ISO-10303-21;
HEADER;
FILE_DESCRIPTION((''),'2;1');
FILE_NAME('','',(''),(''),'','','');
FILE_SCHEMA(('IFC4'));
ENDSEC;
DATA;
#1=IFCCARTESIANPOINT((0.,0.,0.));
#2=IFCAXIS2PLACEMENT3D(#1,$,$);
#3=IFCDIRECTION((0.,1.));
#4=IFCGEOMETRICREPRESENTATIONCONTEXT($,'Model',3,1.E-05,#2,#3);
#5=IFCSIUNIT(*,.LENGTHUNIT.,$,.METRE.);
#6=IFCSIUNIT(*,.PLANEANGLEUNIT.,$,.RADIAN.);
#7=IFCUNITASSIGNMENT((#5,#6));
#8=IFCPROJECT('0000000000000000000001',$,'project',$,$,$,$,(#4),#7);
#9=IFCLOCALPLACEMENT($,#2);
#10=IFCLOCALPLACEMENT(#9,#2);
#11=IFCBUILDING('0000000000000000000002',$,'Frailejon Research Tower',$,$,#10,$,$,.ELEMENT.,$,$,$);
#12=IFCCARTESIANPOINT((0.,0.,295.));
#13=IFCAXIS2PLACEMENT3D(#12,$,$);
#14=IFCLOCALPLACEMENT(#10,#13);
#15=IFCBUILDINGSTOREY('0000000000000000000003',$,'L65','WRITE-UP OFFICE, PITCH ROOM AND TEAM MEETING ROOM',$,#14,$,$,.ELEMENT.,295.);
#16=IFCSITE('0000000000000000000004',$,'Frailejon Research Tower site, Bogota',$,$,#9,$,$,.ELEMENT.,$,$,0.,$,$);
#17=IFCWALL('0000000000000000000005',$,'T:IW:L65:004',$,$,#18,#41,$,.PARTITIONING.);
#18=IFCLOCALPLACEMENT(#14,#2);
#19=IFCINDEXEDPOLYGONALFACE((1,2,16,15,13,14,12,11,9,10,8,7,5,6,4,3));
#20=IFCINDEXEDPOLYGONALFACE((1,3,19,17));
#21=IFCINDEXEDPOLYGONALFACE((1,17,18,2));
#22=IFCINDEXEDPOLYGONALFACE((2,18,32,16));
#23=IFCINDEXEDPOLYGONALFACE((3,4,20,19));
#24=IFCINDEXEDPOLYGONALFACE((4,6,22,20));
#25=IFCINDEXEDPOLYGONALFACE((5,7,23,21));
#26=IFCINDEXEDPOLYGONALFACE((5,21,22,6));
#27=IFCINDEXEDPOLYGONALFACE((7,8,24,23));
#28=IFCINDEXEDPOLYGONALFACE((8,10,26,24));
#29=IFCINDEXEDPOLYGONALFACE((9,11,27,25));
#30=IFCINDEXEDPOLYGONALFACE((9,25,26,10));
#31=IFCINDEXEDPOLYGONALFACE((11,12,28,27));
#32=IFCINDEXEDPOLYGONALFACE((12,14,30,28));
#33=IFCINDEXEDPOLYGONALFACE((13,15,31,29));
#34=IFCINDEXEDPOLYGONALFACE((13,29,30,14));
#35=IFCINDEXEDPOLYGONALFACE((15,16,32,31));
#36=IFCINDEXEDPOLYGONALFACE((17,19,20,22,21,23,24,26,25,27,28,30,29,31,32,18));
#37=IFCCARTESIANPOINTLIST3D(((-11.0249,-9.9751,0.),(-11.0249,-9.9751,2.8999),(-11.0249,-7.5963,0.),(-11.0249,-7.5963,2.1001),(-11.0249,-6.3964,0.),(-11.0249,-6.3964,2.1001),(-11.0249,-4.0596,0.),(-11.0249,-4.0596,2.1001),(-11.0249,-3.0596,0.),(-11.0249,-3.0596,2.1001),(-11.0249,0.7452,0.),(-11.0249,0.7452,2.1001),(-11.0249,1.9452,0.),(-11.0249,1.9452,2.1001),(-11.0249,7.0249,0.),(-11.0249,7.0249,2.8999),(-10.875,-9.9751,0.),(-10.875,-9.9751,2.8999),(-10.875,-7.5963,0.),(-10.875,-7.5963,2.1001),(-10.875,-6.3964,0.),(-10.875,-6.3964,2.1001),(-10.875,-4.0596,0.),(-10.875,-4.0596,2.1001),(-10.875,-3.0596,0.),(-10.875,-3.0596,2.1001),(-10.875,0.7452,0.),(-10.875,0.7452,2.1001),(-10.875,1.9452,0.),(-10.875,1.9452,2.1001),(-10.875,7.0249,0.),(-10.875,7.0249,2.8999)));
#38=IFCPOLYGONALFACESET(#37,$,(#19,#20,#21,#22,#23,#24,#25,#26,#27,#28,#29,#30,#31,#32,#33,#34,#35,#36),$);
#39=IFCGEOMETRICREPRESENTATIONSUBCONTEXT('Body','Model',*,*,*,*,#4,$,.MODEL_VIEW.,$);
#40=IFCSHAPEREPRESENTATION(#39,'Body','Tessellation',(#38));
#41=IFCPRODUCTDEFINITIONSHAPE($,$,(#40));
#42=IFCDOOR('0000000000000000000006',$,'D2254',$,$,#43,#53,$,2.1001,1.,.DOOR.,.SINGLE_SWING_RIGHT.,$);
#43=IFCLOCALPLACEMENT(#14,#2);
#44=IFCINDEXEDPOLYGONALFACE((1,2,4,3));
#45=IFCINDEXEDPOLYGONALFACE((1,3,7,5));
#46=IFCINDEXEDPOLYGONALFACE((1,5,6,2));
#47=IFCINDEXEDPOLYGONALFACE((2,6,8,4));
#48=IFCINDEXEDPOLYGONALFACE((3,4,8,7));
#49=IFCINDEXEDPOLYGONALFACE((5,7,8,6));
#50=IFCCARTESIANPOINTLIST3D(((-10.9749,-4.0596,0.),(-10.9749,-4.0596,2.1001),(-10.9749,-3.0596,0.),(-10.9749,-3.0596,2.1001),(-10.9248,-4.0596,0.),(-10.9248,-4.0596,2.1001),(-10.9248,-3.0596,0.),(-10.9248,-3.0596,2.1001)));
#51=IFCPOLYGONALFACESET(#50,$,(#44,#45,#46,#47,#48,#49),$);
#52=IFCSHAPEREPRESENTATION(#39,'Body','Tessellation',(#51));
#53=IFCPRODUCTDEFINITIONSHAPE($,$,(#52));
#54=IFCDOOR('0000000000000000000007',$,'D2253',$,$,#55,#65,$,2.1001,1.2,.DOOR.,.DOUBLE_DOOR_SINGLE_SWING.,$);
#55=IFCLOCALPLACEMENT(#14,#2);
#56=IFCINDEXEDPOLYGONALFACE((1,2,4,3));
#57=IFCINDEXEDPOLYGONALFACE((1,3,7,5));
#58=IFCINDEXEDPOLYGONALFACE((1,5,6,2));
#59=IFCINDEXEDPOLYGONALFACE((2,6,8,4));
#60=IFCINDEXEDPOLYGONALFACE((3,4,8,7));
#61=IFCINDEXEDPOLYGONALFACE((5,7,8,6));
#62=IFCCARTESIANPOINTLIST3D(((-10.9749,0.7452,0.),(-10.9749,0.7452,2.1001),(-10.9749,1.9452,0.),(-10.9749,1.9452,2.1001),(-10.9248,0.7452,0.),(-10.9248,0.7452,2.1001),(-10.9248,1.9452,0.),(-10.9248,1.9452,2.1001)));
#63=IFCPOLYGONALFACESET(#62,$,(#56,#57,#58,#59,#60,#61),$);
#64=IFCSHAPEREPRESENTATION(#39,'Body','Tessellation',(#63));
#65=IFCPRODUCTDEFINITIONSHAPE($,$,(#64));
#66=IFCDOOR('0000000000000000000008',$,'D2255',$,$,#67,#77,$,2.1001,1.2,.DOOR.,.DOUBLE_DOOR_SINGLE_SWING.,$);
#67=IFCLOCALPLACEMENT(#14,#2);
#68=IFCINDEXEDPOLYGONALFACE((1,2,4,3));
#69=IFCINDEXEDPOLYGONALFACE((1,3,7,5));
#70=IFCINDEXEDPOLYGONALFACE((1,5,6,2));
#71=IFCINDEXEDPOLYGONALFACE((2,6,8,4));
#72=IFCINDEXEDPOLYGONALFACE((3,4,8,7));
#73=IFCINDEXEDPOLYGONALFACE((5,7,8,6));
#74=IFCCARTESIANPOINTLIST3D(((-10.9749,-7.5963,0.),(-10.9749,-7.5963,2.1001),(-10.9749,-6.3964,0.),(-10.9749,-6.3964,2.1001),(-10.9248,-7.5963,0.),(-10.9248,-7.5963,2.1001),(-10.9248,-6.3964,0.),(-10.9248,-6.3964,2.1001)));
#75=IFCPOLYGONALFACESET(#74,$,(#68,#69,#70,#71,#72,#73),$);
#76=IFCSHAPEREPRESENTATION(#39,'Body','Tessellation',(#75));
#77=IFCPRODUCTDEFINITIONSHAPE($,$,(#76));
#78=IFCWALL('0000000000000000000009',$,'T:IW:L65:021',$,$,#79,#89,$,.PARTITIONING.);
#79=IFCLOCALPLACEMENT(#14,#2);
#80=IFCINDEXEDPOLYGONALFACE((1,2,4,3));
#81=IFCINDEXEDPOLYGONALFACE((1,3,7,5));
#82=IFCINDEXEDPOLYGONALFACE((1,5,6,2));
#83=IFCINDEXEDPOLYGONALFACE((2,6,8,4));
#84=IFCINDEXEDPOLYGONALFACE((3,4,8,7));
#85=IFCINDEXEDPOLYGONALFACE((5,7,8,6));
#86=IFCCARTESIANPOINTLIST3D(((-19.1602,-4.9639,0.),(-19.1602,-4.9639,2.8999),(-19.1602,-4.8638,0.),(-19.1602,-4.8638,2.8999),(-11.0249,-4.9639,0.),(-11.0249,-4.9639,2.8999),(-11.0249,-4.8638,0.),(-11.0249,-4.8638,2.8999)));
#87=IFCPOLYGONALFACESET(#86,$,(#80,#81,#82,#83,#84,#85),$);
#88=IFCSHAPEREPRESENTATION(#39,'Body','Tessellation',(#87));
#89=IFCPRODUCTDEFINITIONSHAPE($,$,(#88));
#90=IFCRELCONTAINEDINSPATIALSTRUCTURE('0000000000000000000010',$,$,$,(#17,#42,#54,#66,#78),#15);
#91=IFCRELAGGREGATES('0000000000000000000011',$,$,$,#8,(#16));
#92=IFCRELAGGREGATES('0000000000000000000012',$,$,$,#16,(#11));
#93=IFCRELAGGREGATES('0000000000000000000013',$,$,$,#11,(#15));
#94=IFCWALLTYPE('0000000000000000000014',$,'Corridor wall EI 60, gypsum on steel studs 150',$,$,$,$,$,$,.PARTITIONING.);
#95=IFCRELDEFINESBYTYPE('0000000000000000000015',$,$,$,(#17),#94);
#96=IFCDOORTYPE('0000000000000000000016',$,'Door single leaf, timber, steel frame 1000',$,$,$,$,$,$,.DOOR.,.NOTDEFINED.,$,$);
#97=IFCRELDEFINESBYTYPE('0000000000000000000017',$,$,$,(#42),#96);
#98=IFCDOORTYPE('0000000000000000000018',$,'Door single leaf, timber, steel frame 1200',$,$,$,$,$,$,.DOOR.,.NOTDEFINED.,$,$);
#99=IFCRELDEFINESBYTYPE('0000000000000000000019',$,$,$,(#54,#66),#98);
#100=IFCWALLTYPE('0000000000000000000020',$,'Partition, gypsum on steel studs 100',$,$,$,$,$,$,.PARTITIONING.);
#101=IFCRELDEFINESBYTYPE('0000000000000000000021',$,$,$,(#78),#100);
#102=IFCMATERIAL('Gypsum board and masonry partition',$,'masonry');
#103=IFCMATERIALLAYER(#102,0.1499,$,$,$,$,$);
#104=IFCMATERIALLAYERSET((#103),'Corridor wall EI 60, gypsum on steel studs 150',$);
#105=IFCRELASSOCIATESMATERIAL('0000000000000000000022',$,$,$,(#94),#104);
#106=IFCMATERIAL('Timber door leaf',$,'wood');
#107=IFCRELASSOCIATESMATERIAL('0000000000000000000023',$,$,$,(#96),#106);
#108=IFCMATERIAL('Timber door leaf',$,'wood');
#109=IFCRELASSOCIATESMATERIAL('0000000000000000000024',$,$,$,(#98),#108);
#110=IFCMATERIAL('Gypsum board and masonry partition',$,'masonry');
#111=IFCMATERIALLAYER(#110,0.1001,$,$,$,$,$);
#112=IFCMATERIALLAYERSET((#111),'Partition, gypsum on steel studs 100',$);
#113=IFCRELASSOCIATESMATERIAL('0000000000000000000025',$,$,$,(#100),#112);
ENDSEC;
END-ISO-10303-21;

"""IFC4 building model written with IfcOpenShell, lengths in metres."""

from ifc_helpers import new_model, si_unit, direction, frame, frame_2d, origin, place, context, subcontext, project, spatial, rectangle, extrude, material, layer, layer_set, type_object, element, fill, save


model = new_model("IFC4")

# Units and contexts
model_context = context("Model", 3, precision=1e-05, world=origin(), true_north=direction((0.0, 1.0)))
body_context = subcontext(model_context, "Body", "Model", "MODEL_VIEW")
ifc_project = project(units=[si_unit("LENGTHUNIT", "METRE"), si_unit("PLANEANGLEUNIT", "RADIAN")], contexts=[model_context])

# Site, building, storey
site_placement = place(None, origin())
site = spatial("IfcSite", under=ifc_project, at=site_placement, Name="Frailejon Research Tower site, Bogota", CompositionType="ELEMENT", RefElevation=0.0)
building_placement = place(site_placement, origin())
building = spatial("IfcBuilding", under=site, at=building_placement, Name="Frailejon Research Tower", CompositionType="ELEMENT")
storey_placement = place(building_placement, frame((0.0, 0.0, 295.0)))
storey = spatial("IfcBuildingStorey", under=building, at=storey_placement, Name="L65", Description="WRITE-UP OFFICE, PITCH ROOM AND TEAM MEETING ROOM", CompositionType="ELEMENT", Elevation=295.0)

# Wall, openings, doors
ifc_material_1 = material(Name="Gypsum board and masonry partition", Category="masonry")
ifc_layer_1 = layer(ifc_material_1, 0.1499)
ifc_layer_set_1 = layer_set([ifc_layer_1], Name="Corridor wall EI 60, gypsum on steel studs 150")
wall_type_1 = type_object("IfcWallType", Name="Corridor wall EI 60, gypsum on steel studs 150", PredefinedType="PARTITIONING", material=ifc_layer_set_1)
wall_1_placement = place(storey_placement, frame((-10.95, -9.9751, 0.0), z_axis=(0.0, 0.0, 1.0), x_axis=(0.0, 1.0, 0.0)))
wall_1 = element("IfcWall", 1, at=wall_1_placement, inside=storey, type_object=wall_type_1, Name="T:IW:L65:004", PredefinedType="PARTITIONING", context=body_context, shape_type="SweptSolid", body=[
    extrude(rectangle(XDim=17.0, YDim=0.1499, at=frame_2d((8.5, 0.0))), origin(), (0.0, 0.0, 1.0), 2.8999),
])
opening_1_placement = place(wall_1_placement, frame((10.7202, 0.0, 0.0)))
opening_1 = element("IfcOpeningElement", 2, at=opening_1_placement, cuts=wall_1, PredefinedType="OPENING", context=body_context, shape_type="SweptSolid", body=[
    extrude(rectangle(XDim=1.2, YDim=2.1001, at=frame_2d((0.6001, 1.05))), frame((0.0, 0.085, 0.0), z_axis=(0.0, -1.0, 0.0), x_axis=(1.0, 0.0, 0.0)), (0.0, 0.0, 1.0), 0.1699),
])
opening_2_placement = place(wall_1_placement, frame((5.9155, 0.0, 0.0)))
opening_2 = element("IfcOpeningElement", 3, at=opening_2_placement, cuts=wall_1, PredefinedType="OPENING", context=body_context, shape_type="SweptSolid", body=[
    extrude(rectangle(XDim=1.0, YDim=2.1001, at=frame_2d((0.5, 1.05))), frame((0.0, 0.085, 0.0), z_axis=(0.0, -1.0, 0.0), x_axis=(1.0, 0.0, 0.0)), (0.0, 0.0, 1.0), 0.1699),
])
opening_3_placement = place(wall_1_placement, frame((2.3787, 0.0, 0.0)))
opening_3 = element("IfcOpeningElement", 4, at=opening_3_placement, cuts=wall_1, PredefinedType="OPENING", context=body_context, shape_type="SweptSolid", body=[
    extrude(rectangle(XDim=1.2, YDim=2.1001, at=frame_2d((0.6001, 1.05))), frame((0.0, 0.085, 0.0), z_axis=(0.0, -1.0, 0.0), x_axis=(1.0, 0.0, 0.0)), (0.0, 0.0, 1.0), 0.1699),
])
ifc_material_2 = material(Name="Timber door leaf", Category="wood")
door_type_1 = type_object("IfcDoorType", Name="Door single leaf, timber, steel frame 1000", OperationType="NOTDEFINED", PredefinedType="DOOR", material=ifc_material_2)
door_1_placement = place(opening_2_placement, origin())
door_1 = element("IfcDoor", 5, at=door_1_placement, inside=storey, type_object=door_type_1, Name="D2254", OperationType="SINGLE_SWING_RIGHT", OverallHeight=2.1001, OverallWidth=1.0, PredefinedType="DOOR", context=body_context, shape_type="SweptSolid", body=[
    extrude(rectangle(XDim=1.0, YDim=2.1001, at=frame_2d((0.5, 1.05))), frame((0.0, 0.0249, 0.0), z_axis=(0.0, -1.0, 0.0), x_axis=(1.0, 0.0, 0.0)), (0.0, 0.0, 1.0), 0.05),
])
fill(opening_2, door_1)
ifc_material_3 = material(Name="Timber door leaf", Category="wood")
door_type_2 = type_object("IfcDoorType", Name="Door single leaf, timber, steel frame 1200", OperationType="NOTDEFINED", PredefinedType="DOOR", material=ifc_material_3)
door_2_placement = place(opening_1_placement, origin())
door_2 = element("IfcDoor", 6, at=door_2_placement, inside=storey, type_object=door_type_2, Name="D2253", OperationType="DOUBLE_DOOR_SINGLE_SWING", OverallHeight=2.1001, OverallWidth=1.2, PredefinedType="DOOR", context=body_context, shape_type="SweptSolid", body=[
    extrude(rectangle(XDim=1.2, YDim=2.1001, at=frame_2d((0.6001, 1.05))), frame((0.0, 0.0249, 0.0), z_axis=(0.0, -1.0, 0.0), x_axis=(1.0, 0.0, 0.0)), (0.0, 0.0, 1.0), 0.05),
])
fill(opening_1, door_2)
door_3_placement = place(opening_3_placement, origin())
door_3 = element("IfcDoor", 7, at=door_3_placement, inside=storey, type_object=door_type_2, Name="D2255", OperationType="DOUBLE_DOOR_SINGLE_SWING", OverallHeight=2.1001, OverallWidth=1.2, PredefinedType="DOOR", context=body_context, shape_type="SweptSolid", body=[
    extrude(rectangle(XDim=1.2, YDim=2.1001, at=frame_2d((0.6001, 1.05))), frame((0.0, 0.0249, 0.0), z_axis=(0.0, -1.0, 0.0), x_axis=(1.0, 0.0, 0.0)), (0.0, 0.0, 1.0), 0.05),
])
fill(opening_3, door_3)

# Wall
ifc_material_4 = material(Name="Gypsum board and masonry partition", Category="masonry")
ifc_layer_2 = layer(ifc_material_4, 0.1001)
ifc_layer_set_2 = layer_set([ifc_layer_2], Name="Partition, gypsum on steel studs 100")
wall_type_2 = type_object("IfcWallType", Name="Partition, gypsum on steel studs 100", PredefinedType="PARTITIONING", material=ifc_layer_set_2)
wall_2_placement = place(storey_placement, frame((-19.1602, -4.9138, 0.0), z_axis=(0.0, 0.0, 1.0), x_axis=(1.0, 0.0, 0.0)))
element("IfcWall", 8, at=wall_2_placement, inside=storey, type_object=wall_type_2, Name="T:IW:L65:021", PredefinedType="PARTITIONING", context=body_context, shape_type="SweptSolid", body=[
    extrude(rectangle(XDim=8.1353, YDim=0.1001, at=frame_2d((4.0676, 0.0))), origin(), (0.0, 0.0, 1.0), 2.8999),
])

save(model, "model.ifc")
